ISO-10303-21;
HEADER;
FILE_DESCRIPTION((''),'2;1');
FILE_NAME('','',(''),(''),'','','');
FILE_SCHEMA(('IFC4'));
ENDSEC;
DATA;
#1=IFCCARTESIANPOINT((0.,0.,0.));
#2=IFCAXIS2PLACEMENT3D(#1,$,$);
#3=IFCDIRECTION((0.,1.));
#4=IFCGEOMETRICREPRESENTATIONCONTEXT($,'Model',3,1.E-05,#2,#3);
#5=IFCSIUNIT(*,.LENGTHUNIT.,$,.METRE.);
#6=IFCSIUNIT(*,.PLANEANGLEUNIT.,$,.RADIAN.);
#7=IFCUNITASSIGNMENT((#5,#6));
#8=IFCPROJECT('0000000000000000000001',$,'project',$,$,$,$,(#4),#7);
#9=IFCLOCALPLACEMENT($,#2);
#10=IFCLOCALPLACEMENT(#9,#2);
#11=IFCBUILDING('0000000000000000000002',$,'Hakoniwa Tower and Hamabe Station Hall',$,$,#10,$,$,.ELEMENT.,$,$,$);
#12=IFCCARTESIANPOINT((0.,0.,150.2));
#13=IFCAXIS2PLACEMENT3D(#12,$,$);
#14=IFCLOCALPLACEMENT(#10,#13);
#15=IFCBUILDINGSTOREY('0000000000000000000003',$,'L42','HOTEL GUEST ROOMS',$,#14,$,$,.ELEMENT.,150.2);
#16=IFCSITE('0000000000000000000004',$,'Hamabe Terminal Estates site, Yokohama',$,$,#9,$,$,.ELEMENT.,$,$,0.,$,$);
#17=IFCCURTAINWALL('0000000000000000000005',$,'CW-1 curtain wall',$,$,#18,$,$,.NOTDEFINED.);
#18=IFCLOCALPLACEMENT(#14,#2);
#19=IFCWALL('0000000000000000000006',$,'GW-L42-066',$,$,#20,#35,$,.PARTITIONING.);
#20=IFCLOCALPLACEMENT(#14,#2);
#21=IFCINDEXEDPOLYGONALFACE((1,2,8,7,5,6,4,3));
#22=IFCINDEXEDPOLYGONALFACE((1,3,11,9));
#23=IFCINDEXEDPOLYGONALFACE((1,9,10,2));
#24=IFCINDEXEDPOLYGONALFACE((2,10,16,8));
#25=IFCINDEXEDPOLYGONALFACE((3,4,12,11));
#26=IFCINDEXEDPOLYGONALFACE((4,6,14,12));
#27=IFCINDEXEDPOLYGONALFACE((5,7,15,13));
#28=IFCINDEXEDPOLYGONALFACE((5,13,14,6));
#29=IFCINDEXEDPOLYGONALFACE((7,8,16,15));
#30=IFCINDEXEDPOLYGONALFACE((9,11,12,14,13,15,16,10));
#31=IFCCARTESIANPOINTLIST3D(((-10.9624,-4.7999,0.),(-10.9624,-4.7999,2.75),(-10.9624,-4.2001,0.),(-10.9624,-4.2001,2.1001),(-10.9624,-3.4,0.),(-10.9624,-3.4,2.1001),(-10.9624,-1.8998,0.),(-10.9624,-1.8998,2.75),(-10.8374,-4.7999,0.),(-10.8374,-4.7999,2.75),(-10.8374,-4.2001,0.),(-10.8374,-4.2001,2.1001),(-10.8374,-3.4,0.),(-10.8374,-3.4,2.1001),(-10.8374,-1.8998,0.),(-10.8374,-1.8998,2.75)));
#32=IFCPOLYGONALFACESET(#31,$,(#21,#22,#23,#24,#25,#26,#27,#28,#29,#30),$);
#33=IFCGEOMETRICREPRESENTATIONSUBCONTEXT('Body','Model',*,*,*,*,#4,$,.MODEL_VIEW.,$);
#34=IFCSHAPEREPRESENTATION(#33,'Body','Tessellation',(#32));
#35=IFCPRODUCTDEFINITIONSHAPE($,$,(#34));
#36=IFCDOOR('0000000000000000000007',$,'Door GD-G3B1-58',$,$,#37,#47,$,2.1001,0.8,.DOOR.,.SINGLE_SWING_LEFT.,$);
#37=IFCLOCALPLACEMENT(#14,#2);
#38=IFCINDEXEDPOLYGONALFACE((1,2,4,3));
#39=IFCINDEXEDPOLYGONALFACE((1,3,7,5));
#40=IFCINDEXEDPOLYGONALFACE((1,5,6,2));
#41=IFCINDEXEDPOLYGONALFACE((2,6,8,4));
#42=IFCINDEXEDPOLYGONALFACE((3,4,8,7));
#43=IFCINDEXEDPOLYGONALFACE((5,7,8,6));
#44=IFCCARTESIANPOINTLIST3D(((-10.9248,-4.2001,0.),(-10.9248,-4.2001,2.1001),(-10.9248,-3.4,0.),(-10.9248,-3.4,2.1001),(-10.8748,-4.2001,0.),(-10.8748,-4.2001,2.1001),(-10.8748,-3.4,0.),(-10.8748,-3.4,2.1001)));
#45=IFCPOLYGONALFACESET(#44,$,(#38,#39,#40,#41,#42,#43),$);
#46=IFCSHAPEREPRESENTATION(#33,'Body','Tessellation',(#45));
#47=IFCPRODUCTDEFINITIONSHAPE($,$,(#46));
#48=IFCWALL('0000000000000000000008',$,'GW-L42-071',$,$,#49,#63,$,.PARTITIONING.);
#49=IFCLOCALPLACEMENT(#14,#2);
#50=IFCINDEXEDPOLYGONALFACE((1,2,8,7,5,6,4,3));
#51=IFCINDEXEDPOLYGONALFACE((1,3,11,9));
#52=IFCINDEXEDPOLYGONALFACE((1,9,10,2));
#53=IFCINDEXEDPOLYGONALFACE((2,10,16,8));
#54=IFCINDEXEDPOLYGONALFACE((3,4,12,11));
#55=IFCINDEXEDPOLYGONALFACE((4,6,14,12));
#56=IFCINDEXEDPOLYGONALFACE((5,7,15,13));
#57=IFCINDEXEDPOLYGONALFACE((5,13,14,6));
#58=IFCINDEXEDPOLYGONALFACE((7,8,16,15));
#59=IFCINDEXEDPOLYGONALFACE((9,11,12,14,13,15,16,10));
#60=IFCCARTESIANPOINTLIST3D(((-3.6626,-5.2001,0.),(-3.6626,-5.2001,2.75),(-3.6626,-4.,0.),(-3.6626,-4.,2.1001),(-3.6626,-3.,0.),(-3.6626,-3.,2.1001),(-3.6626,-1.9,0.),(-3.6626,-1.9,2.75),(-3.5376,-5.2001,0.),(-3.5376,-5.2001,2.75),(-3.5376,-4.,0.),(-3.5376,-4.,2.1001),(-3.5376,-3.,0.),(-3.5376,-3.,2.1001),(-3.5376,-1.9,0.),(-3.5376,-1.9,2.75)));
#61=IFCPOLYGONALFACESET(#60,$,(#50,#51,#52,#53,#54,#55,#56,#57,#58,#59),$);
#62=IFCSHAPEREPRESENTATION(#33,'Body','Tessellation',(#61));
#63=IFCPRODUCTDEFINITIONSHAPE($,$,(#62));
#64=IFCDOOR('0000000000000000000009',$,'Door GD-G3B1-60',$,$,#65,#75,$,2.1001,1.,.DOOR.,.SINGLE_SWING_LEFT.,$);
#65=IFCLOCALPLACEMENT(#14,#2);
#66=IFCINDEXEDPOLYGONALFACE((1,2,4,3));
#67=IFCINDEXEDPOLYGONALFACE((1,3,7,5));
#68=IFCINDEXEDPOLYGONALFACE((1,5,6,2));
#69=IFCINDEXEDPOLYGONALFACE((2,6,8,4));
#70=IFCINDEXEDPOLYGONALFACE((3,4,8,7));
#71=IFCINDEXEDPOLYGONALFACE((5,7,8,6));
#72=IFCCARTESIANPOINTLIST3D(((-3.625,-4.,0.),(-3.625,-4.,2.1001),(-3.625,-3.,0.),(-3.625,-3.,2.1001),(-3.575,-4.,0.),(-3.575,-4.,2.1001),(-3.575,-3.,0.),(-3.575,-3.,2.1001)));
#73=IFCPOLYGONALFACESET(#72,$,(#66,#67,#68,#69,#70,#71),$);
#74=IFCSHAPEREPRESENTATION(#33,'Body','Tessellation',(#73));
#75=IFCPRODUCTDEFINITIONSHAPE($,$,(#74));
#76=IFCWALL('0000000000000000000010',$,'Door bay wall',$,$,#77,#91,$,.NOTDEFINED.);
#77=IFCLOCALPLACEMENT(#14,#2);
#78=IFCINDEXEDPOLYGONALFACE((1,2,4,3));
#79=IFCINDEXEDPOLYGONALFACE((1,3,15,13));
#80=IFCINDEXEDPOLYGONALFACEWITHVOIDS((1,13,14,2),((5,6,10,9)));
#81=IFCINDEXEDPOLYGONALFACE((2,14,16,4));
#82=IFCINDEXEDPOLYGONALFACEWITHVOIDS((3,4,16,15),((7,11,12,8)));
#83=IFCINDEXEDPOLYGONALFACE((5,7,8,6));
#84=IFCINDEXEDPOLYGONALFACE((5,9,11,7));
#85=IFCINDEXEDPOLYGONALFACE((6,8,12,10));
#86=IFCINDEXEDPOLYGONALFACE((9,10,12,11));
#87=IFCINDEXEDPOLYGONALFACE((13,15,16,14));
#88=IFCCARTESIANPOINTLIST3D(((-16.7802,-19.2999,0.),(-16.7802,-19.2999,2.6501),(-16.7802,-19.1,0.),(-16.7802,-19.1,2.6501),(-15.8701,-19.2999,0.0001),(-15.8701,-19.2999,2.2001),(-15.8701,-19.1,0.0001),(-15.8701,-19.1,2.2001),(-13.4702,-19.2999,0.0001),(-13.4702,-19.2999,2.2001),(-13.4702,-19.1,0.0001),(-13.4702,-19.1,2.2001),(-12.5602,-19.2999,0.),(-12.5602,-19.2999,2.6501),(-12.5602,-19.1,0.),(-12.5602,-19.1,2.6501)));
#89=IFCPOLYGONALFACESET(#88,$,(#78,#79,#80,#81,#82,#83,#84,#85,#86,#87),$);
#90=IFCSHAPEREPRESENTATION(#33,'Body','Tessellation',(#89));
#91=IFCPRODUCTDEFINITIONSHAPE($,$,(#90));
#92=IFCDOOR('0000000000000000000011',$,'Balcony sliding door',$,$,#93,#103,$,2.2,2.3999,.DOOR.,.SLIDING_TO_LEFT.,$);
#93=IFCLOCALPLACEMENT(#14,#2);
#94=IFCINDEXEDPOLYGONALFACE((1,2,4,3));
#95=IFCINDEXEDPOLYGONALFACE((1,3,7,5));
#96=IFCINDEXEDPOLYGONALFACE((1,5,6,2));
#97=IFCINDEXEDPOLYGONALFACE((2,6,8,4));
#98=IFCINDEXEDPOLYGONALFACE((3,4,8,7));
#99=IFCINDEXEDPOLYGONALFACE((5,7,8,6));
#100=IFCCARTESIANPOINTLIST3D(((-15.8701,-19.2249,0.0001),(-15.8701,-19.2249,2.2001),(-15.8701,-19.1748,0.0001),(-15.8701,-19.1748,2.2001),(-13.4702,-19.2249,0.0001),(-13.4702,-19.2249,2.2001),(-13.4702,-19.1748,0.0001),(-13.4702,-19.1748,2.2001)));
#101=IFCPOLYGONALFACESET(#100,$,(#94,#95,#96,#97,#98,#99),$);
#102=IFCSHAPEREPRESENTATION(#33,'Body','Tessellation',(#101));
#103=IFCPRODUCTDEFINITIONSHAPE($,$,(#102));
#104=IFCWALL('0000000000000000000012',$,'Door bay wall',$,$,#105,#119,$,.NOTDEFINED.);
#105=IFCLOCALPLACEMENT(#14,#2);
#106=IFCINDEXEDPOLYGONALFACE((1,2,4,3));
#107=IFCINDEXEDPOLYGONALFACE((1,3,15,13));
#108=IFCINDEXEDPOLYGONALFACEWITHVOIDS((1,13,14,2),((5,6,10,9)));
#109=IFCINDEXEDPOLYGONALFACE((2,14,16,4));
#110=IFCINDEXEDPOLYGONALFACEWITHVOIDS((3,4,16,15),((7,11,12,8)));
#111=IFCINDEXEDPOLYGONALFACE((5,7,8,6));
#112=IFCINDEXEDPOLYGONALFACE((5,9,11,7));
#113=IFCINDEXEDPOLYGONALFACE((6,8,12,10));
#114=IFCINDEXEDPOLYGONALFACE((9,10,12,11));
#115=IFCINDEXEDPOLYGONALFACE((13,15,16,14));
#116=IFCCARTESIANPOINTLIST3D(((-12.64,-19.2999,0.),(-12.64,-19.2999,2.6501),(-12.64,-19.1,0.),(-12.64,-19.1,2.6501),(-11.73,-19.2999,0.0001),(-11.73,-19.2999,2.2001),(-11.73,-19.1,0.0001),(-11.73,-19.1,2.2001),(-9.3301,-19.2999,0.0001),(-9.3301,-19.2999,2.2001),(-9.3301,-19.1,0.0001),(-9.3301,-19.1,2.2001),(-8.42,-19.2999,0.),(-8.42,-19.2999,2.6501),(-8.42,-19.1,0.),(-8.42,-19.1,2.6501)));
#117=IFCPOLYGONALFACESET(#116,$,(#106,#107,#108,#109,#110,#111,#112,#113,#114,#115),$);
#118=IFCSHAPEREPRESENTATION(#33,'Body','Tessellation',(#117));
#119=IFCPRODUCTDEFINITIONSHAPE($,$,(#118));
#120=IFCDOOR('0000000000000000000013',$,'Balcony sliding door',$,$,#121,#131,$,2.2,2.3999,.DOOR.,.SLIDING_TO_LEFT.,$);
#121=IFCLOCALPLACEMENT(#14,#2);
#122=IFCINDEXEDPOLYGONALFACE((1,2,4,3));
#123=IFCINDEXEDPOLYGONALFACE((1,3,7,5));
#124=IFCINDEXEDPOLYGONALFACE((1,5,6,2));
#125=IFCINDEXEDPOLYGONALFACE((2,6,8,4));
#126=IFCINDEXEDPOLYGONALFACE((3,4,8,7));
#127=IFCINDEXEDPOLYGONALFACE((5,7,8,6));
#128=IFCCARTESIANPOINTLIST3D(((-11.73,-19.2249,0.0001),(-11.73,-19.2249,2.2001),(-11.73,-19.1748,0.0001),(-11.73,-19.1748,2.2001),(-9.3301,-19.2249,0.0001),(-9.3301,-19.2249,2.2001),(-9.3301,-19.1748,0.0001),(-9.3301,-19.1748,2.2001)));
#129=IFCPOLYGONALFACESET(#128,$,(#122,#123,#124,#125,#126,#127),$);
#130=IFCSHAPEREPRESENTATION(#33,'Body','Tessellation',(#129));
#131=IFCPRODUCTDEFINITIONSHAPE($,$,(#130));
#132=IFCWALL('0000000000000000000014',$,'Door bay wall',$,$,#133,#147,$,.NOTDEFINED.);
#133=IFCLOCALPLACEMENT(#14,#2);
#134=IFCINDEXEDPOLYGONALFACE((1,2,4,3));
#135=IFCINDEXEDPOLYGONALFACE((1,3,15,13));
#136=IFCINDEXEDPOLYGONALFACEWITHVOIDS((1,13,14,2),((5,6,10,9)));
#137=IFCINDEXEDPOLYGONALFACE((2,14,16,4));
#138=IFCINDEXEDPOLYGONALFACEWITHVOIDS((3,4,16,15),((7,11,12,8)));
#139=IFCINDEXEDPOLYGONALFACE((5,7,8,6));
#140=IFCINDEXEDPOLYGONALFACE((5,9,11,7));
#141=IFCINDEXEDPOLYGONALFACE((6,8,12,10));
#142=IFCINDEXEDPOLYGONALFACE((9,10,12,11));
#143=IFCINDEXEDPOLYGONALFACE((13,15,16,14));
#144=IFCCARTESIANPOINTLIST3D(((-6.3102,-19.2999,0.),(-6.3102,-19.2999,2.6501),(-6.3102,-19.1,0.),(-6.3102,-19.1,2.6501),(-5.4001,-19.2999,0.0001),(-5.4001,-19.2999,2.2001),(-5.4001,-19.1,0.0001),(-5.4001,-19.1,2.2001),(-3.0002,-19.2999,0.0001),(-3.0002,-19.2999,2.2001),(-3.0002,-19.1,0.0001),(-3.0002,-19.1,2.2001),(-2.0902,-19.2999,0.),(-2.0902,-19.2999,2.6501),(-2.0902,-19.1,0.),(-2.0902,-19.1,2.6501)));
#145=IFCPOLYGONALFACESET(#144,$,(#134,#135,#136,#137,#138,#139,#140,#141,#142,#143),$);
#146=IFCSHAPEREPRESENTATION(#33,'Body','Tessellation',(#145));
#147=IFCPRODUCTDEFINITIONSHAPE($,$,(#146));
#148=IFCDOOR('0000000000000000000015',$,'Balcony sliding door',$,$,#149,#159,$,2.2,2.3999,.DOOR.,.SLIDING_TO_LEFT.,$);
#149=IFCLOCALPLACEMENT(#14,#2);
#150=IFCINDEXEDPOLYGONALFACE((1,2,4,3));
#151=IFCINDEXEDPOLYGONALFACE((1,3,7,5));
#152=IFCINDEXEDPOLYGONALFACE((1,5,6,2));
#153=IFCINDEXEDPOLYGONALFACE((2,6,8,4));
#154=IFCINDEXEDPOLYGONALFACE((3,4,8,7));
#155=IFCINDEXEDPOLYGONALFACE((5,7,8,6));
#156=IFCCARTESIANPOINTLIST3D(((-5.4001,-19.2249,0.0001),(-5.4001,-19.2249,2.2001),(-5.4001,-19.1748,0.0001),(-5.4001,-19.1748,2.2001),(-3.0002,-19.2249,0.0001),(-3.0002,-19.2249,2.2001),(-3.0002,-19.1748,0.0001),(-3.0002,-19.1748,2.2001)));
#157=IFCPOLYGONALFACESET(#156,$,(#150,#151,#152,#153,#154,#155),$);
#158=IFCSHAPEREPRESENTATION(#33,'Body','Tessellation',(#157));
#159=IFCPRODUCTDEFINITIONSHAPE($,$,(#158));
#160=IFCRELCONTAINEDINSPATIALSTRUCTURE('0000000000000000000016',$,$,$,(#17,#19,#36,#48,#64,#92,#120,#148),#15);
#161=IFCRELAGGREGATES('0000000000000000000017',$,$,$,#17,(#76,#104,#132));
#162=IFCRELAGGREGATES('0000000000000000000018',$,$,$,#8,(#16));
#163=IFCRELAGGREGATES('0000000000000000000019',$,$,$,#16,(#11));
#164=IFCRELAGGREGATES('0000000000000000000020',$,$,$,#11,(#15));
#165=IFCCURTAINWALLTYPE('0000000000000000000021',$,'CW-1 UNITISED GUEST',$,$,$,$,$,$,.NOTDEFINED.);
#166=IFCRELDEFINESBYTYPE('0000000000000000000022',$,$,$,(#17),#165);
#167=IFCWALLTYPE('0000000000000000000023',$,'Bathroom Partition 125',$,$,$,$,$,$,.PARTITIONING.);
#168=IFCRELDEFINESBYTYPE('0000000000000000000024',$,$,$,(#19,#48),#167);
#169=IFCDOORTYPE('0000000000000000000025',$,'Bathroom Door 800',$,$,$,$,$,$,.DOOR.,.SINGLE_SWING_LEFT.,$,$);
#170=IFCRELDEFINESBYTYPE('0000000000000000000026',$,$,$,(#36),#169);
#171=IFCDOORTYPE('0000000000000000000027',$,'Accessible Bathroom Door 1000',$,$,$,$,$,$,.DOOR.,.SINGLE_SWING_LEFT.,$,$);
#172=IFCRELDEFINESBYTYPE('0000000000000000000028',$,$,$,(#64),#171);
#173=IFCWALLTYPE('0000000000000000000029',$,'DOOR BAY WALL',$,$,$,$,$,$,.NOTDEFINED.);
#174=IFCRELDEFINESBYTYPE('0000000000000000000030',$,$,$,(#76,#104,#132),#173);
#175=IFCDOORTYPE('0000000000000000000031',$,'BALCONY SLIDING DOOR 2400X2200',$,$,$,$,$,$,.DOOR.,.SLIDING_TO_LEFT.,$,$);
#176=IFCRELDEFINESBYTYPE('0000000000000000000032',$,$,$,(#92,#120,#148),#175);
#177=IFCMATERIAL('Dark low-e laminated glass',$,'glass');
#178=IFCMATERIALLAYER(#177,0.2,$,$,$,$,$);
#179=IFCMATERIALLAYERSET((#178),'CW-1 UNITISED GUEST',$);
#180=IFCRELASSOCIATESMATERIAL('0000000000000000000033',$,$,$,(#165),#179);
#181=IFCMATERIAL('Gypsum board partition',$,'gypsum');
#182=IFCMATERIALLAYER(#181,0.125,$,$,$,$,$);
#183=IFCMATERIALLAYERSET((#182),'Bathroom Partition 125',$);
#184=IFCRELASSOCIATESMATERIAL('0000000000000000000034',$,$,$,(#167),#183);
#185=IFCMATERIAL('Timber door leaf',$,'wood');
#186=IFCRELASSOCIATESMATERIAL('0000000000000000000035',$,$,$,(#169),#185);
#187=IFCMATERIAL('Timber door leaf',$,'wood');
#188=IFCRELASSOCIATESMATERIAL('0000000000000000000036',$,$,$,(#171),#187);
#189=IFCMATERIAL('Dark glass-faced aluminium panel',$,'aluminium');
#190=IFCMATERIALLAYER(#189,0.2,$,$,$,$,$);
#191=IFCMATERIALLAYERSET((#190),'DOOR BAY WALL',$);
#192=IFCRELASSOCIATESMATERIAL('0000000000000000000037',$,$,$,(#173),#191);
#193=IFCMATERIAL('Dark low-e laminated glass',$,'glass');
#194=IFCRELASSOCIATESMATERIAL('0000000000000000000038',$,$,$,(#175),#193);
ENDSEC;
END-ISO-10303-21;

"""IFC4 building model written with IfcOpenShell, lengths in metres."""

from ifc_helpers import new_model, si_unit, direction, frame, frame_2d, origin, place, context, subcontext, project, spatial, rectangle, extrude, material, layer, layer_set, type_object, element, fill, aggregate, save


model = new_model("IFC4")

# Units and contexts
model_context = context("Model", 3, precision=1e-05, world=origin(), true_north=direction((0.0, 1.0)))
body_context = subcontext(model_context, "Body", "Model", "MODEL_VIEW")
ifc_project = project(units=[si_unit("LENGTHUNIT", "METRE"), si_unit("PLANEANGLEUNIT", "RADIAN")], contexts=[model_context])

# Site, building, storey
site_placement = place(None, origin())
site = spatial("IfcSite", under=ifc_project, at=site_placement, Name="Hamabe Terminal Estates site, Yokohama", CompositionType="ELEMENT", RefElevation=0.0)
building_placement = place(site_placement, origin())
building = spatial("IfcBuilding", under=site, at=building_placement, Name="Hakoniwa Tower and Hamabe Station Hall", CompositionType="ELEMENT")
storey_placement = place(building_placement, frame((0.0, 0.0, 150.2)))
storey = spatial("IfcBuildingStorey", under=building, at=storey_placement, Name="L42", Description="HOTEL GUEST ROOMS", CompositionType="ELEMENT", Elevation=150.2)

# Curtain wall
ifc_material_1 = material(Name="Dark low-e laminated glass", Category="glass")
ifc_layer_1 = layer(ifc_material_1, 0.2)
ifc_layer_set_1 = layer_set([ifc_layer_1], Name="CW-1 UNITISED GUEST")
curtain_wall_type = type_object("IfcCurtainWallType", Name="CW-1 UNITISED GUEST", PredefinedType="NOTDEFINED", material=ifc_layer_set_1)
curtain_wall_placement = place(storey_placement, origin())
curtain_wall = element("IfcCurtainWall", 1, at=curtain_wall_placement, inside=storey, type_object=curtain_wall_type, Name="CW-1 curtain wall", PredefinedType="NOTDEFINED")

# Shared definitions
ifc_material_2 = material(Name="Gypsum board partition", Category="gypsum")
ifc_layer_2 = layer(ifc_material_2, 0.125)
ifc_layer_set_2 = layer_set([ifc_layer_2], Name="Bathroom Partition 125")
wall_type_1 = type_object("IfcWallType", Name="Bathroom Partition 125", PredefinedType="PARTITIONING", material=ifc_layer_set_2)

# Walls, openings, doors
ifc_material_3 = material(Name="Timber door leaf", Category="wood")
door_type_1 = type_object("IfcDoorType", Name="Bathroom Door 800", OperationType="SINGLE_SWING_LEFT", PredefinedType="DOOR", material=ifc_material_3)
wall_1_placement = place(storey_placement, frame((-10.8999, -4.8, 0.0), z_axis=(0.0, 0.0, 1.0), x_axis=(0.0, 1.0, 0.0)))
wall_1 = element("IfcWall", 2, at=wall_1_placement, inside=storey, type_object=wall_type_1, Name="GW-L42-066", PredefinedType="PARTITIONING", context=body_context, shape_type="SweptSolid", body=[
    extrude(rectangle(XDim=2.9001, YDim=0.125, at=frame_2d((1.4502, 0.0))), origin(), (0.0, 0.0, 1.0), 2.75),
])
opening_1_placement = place(wall_1_placement, frame((0.6001, 0.0, 0.0)))
opening_1 = element("IfcOpeningElement", 3, at=opening_1_placement, cuts=wall_1, PredefinedType="OPENING", context=body_context, shape_type="SweptSolid", body=[
    extrude(rectangle(XDim=0.8, YDim=2.1001, at=frame_2d((0.3999, 1.05))), frame((0.0, 0.0725, 0.0), z_axis=(0.0, -1.0, 0.0), x_axis=(1.0, 0.0, 0.0)), (0.0, 0.0, 1.0), 0.145),
])
door_1_placement = place(opening_1_placement, origin())
door_1 = element("IfcDoor", 4, at=door_1_placement, inside=storey, type_object=door_type_1, Name="Door GD-G3B1-58", OperationType="SINGLE_SWING_LEFT", OverallHeight=2.1001, OverallWidth=0.8, PredefinedType="DOOR", context=body_context, shape_type="SweptSolid", body=[
    extrude(rectangle(XDim=0.8, YDim=2.1001, at=frame_2d((0.3999, 1.05))), frame((0.0, 0.0249, 0.0), z_axis=(0.0, -1.0, 0.0), x_axis=(1.0, 0.0, 0.0)), (0.0, 0.0, 1.0), 0.05),
])
fill(opening_1, door_1)
wall_2_placement = place(storey_placement, frame((-3.6001, -5.2, 0.0), z_axis=(0.0, 0.0, 1.0), x_axis=(0.0, 1.0, 0.0)))
wall_2 = element("IfcWall", 5, at=wall_2_placement, inside=storey, type_object=wall_type_1, Name="GW-L42-071", PredefinedType="PARTITIONING", context=body_context, shape_type="SweptSolid", body=[
    extrude(rectangle(XDim=3.3, YDim=0.125, at=frame_2d((1.6499, 0.0))), origin(), (0.0, 0.0, 1.0), 2.75),
])
opening_2_placement = place(wall_2_placement, frame((1.2, 0.0, 0.0)))
opening_2 = element("IfcOpeningElement", 6, at=opening_2_placement, cuts=wall_2, PredefinedType="OPENING", context=body_context, shape_type="SweptSolid", body=[
    extrude(rectangle(XDim=1.0, YDim=2.1001, at=frame_2d((0.5, 1.05))), frame((0.0, 0.0725, 0.0), z_axis=(0.0, -1.0, 0.0), x_axis=(1.0, 0.0, 0.0)), (0.0, 0.0, 1.0), 0.145),
])
ifc_material_4 = material(Name="Timber door leaf", Category="wood")
door_type_2 = type_object("IfcDoorType", Name="Accessible Bathroom Door 1000", OperationType="SINGLE_SWING_LEFT", PredefinedType="DOOR", material=ifc_material_4)
door_2_placement = place(opening_2_placement, origin())
door_2 = element("IfcDoor", 7, at=door_2_placement, inside=storey, type_object=door_type_2, Name="Door GD-G3B1-60", OperationType="SINGLE_SWING_LEFT", OverallHeight=2.1001, OverallWidth=1.0, PredefinedType="DOOR", context=body_context, shape_type="SweptSolid", body=[
    extrude(rectangle(XDim=1.0, YDim=2.1001, at=frame_2d((0.5, 1.05))), frame((0.0, 0.0249, 0.0), z_axis=(0.0, -1.0, 0.0), x_axis=(1.0, 0.0, 0.0)), (0.0, 0.0, 1.0), 0.05),
])
fill(opening_2, door_2)
ifc_material_5 = material(Name="Dark glass-faced aluminium panel", Category="aluminium")
ifc_layer_3 = layer(ifc_material_5, 0.2)
ifc_layer_set_3 = layer_set([ifc_layer_3], Name="DOOR BAY WALL")
wall_type_2 = type_object("IfcWallType", Name="DOOR BAY WALL", PredefinedType="NOTDEFINED", material=ifc_layer_set_3)
wall_3_placement = place(storey_placement, frame((-16.78, -19.2, 0.0), z_axis=(0.0, 0.0, 1.0), x_axis=(1.0, 0.0, 0.0)))
wall_3 = element("IfcWall", 8, at=wall_3_placement, type_object=wall_type_2, Name="Door bay wall", PredefinedType="NOTDEFINED", context=body_context, shape_type="SweptSolid", body=[
    extrude(rectangle(XDim=4.22, YDim=0.2, at=frame_2d((2.1099, 0.0))), origin(), (0.0, 0.0, 1.0), 2.6501),
])
opening_3_placement = place(wall_3_placement, frame((0.9099, 0.0, 0.0)))
opening_3 = element("IfcOpeningElement", 9, at=opening_3_placement, cuts=wall_3, PredefinedType="OPENING", context=body_context, shape_type="SweptSolid", body=[
    extrude(rectangle(XDim=2.3999, YDim=2.2, at=frame_2d((1.2, 1.1001))), frame((0.0, 0.1099, 0.0), z_axis=(0.0, -1.0, 0.0), x_axis=(1.0, 0.0, 0.0)), (0.0, 0.0, 1.0), 0.22),
])
ifc_material_6 = material(Name="Dark low-e laminated glass", Category="glass")
door_type_3 = type_object("IfcDoorType", Name="BALCONY SLIDING DOOR 2400X2200", OperationType="SLIDING_TO_LEFT", PredefinedType="DOOR", material=ifc_material_6)
door_3_placement = place(opening_3_placement, frame((2.3999, 0.0, 0.0), z_axis=(0.0, 0.0, 1.0), x_axis=(-1.0, 0.0, 0.0)))
door_3 = element("IfcDoor", 10, at=door_3_placement, inside=storey, type_object=door_type_3, Name="Balcony sliding door", OperationType="SLIDING_TO_LEFT", OverallHeight=2.2, OverallWidth=2.3999, PredefinedType="DOOR", context=body_context, shape_type="SweptSolid", body=[
    extrude(rectangle(XDim=2.3999, YDim=2.2, at=frame_2d((1.2, 1.1001))), frame((0.0, 0.0249, 0.0), z_axis=(0.0, -1.0, 0.0), x_axis=(1.0, 0.0, 0.0)), (0.0, 0.0, 1.0), 0.05),
])
fill(opening_3, door_3)
wall_4_placement = place(storey_placement, frame((-12.6399, -19.2, 0.0), z_axis=(0.0, 0.0, 1.0), x_axis=(1.0, 0.0, 0.0)))
wall_4 = element("IfcWall", 11, at=wall_4_placement, type_object=wall_type_2, Name="Door bay wall", PredefinedType="NOTDEFINED", context=body_context, shape_type="SweptSolid", body=[
    extrude(rectangle(XDim=4.22, YDim=0.2, at=frame_2d((2.1099, 0.0))), origin(), (0.0, 0.0, 1.0), 2.6501),
])
opening_4_placement = place(wall_4_placement, frame((0.9099, 0.0, 0.0)))
opening_4 = element("IfcOpeningElement", 12, at=opening_4_placement, cuts=wall_4, PredefinedType="OPENING", context=body_context, shape_type="SweptSolid", body=[
    extrude(rectangle(XDim=2.3999, YDim=2.2, at=frame_2d((1.2, 1.1001))), frame((0.0, 0.1099, 0.0), z_axis=(0.0, -1.0, 0.0), x_axis=(1.0, 0.0, 0.0)), (0.0, 0.0, 1.0), 0.22),
])
door_4_placement = place(opening_4_placement, frame((2.3999, 0.0, 0.0), z_axis=(0.0, 0.0, 1.0), x_axis=(-1.0, 0.0, 0.0)))
door_4 = element("IfcDoor", 13, at=door_4_placement, inside=storey, type_object=door_type_3, Name="Balcony sliding door", OperationType="SLIDING_TO_LEFT", OverallHeight=2.2, OverallWidth=2.3999, PredefinedType="DOOR", context=body_context, shape_type="SweptSolid", body=[
    extrude(rectangle(XDim=2.3999, YDim=2.2, at=frame_2d((1.2, 1.1001))), frame((0.0, 0.0249, 0.0), z_axis=(0.0, -1.0, 0.0), x_axis=(1.0, 0.0, 0.0)), (0.0, 0.0, 1.0), 0.05),
])
fill(opening_4, door_4)
wall_5_placement = place(storey_placement, frame((-6.3101, -19.2, 0.0), z_axis=(0.0, 0.0, 1.0), x_axis=(1.0, 0.0, 0.0)))
wall_5 = element("IfcWall", 14, at=wall_5_placement, type_object=wall_type_2, Name="Door bay wall", PredefinedType="NOTDEFINED", context=body_context, shape_type="SweptSolid", body=[
    extrude(rectangle(XDim=4.22, YDim=0.2, at=frame_2d((2.1099, 0.0))), origin(), (0.0, 0.0, 1.0), 2.6501),
])
opening_5_placement = place(wall_5_placement, frame((0.9099, 0.0, 0.0)))
opening_5 = element("IfcOpeningElement", 15, at=opening_5_placement, cuts=wall_5, PredefinedType="OPENING", context=body_context, shape_type="SweptSolid", body=[
    extrude(rectangle(XDim=2.3999, YDim=2.2, at=frame_2d((1.2, 1.1001))), frame((0.0, 0.1099, 0.0), z_axis=(0.0, -1.0, 0.0), x_axis=(1.0, 0.0, 0.0)), (0.0, 0.0, 1.0), 0.22),
])
door_5_placement = place(opening_5_placement, frame((2.3999, 0.0, 0.0), z_axis=(0.0, 0.0, 1.0), x_axis=(-1.0, 0.0, 0.0)))
door_5 = element("IfcDoor", 16, at=door_5_placement, inside=storey, type_object=door_type_3, Name="Balcony sliding door", OperationType="SLIDING_TO_LEFT", OverallHeight=2.2, OverallWidth=2.3999, PredefinedType="DOOR", context=body_context, shape_type="SweptSolid", body=[
    extrude(rectangle(XDim=2.3999, YDim=2.2, at=frame_2d((1.2, 1.1001))), frame((0.0, 0.0249, 0.0), z_axis=(0.0, -1.0, 0.0), x_axis=(1.0, 0.0, 0.0)), (0.0, 0.0, 1.0), 0.05),
])
fill(opening_5, door_5)
aggregate(curtain_wall, [wall_3, wall_4, wall_5])

save(model, "model.ifc")
